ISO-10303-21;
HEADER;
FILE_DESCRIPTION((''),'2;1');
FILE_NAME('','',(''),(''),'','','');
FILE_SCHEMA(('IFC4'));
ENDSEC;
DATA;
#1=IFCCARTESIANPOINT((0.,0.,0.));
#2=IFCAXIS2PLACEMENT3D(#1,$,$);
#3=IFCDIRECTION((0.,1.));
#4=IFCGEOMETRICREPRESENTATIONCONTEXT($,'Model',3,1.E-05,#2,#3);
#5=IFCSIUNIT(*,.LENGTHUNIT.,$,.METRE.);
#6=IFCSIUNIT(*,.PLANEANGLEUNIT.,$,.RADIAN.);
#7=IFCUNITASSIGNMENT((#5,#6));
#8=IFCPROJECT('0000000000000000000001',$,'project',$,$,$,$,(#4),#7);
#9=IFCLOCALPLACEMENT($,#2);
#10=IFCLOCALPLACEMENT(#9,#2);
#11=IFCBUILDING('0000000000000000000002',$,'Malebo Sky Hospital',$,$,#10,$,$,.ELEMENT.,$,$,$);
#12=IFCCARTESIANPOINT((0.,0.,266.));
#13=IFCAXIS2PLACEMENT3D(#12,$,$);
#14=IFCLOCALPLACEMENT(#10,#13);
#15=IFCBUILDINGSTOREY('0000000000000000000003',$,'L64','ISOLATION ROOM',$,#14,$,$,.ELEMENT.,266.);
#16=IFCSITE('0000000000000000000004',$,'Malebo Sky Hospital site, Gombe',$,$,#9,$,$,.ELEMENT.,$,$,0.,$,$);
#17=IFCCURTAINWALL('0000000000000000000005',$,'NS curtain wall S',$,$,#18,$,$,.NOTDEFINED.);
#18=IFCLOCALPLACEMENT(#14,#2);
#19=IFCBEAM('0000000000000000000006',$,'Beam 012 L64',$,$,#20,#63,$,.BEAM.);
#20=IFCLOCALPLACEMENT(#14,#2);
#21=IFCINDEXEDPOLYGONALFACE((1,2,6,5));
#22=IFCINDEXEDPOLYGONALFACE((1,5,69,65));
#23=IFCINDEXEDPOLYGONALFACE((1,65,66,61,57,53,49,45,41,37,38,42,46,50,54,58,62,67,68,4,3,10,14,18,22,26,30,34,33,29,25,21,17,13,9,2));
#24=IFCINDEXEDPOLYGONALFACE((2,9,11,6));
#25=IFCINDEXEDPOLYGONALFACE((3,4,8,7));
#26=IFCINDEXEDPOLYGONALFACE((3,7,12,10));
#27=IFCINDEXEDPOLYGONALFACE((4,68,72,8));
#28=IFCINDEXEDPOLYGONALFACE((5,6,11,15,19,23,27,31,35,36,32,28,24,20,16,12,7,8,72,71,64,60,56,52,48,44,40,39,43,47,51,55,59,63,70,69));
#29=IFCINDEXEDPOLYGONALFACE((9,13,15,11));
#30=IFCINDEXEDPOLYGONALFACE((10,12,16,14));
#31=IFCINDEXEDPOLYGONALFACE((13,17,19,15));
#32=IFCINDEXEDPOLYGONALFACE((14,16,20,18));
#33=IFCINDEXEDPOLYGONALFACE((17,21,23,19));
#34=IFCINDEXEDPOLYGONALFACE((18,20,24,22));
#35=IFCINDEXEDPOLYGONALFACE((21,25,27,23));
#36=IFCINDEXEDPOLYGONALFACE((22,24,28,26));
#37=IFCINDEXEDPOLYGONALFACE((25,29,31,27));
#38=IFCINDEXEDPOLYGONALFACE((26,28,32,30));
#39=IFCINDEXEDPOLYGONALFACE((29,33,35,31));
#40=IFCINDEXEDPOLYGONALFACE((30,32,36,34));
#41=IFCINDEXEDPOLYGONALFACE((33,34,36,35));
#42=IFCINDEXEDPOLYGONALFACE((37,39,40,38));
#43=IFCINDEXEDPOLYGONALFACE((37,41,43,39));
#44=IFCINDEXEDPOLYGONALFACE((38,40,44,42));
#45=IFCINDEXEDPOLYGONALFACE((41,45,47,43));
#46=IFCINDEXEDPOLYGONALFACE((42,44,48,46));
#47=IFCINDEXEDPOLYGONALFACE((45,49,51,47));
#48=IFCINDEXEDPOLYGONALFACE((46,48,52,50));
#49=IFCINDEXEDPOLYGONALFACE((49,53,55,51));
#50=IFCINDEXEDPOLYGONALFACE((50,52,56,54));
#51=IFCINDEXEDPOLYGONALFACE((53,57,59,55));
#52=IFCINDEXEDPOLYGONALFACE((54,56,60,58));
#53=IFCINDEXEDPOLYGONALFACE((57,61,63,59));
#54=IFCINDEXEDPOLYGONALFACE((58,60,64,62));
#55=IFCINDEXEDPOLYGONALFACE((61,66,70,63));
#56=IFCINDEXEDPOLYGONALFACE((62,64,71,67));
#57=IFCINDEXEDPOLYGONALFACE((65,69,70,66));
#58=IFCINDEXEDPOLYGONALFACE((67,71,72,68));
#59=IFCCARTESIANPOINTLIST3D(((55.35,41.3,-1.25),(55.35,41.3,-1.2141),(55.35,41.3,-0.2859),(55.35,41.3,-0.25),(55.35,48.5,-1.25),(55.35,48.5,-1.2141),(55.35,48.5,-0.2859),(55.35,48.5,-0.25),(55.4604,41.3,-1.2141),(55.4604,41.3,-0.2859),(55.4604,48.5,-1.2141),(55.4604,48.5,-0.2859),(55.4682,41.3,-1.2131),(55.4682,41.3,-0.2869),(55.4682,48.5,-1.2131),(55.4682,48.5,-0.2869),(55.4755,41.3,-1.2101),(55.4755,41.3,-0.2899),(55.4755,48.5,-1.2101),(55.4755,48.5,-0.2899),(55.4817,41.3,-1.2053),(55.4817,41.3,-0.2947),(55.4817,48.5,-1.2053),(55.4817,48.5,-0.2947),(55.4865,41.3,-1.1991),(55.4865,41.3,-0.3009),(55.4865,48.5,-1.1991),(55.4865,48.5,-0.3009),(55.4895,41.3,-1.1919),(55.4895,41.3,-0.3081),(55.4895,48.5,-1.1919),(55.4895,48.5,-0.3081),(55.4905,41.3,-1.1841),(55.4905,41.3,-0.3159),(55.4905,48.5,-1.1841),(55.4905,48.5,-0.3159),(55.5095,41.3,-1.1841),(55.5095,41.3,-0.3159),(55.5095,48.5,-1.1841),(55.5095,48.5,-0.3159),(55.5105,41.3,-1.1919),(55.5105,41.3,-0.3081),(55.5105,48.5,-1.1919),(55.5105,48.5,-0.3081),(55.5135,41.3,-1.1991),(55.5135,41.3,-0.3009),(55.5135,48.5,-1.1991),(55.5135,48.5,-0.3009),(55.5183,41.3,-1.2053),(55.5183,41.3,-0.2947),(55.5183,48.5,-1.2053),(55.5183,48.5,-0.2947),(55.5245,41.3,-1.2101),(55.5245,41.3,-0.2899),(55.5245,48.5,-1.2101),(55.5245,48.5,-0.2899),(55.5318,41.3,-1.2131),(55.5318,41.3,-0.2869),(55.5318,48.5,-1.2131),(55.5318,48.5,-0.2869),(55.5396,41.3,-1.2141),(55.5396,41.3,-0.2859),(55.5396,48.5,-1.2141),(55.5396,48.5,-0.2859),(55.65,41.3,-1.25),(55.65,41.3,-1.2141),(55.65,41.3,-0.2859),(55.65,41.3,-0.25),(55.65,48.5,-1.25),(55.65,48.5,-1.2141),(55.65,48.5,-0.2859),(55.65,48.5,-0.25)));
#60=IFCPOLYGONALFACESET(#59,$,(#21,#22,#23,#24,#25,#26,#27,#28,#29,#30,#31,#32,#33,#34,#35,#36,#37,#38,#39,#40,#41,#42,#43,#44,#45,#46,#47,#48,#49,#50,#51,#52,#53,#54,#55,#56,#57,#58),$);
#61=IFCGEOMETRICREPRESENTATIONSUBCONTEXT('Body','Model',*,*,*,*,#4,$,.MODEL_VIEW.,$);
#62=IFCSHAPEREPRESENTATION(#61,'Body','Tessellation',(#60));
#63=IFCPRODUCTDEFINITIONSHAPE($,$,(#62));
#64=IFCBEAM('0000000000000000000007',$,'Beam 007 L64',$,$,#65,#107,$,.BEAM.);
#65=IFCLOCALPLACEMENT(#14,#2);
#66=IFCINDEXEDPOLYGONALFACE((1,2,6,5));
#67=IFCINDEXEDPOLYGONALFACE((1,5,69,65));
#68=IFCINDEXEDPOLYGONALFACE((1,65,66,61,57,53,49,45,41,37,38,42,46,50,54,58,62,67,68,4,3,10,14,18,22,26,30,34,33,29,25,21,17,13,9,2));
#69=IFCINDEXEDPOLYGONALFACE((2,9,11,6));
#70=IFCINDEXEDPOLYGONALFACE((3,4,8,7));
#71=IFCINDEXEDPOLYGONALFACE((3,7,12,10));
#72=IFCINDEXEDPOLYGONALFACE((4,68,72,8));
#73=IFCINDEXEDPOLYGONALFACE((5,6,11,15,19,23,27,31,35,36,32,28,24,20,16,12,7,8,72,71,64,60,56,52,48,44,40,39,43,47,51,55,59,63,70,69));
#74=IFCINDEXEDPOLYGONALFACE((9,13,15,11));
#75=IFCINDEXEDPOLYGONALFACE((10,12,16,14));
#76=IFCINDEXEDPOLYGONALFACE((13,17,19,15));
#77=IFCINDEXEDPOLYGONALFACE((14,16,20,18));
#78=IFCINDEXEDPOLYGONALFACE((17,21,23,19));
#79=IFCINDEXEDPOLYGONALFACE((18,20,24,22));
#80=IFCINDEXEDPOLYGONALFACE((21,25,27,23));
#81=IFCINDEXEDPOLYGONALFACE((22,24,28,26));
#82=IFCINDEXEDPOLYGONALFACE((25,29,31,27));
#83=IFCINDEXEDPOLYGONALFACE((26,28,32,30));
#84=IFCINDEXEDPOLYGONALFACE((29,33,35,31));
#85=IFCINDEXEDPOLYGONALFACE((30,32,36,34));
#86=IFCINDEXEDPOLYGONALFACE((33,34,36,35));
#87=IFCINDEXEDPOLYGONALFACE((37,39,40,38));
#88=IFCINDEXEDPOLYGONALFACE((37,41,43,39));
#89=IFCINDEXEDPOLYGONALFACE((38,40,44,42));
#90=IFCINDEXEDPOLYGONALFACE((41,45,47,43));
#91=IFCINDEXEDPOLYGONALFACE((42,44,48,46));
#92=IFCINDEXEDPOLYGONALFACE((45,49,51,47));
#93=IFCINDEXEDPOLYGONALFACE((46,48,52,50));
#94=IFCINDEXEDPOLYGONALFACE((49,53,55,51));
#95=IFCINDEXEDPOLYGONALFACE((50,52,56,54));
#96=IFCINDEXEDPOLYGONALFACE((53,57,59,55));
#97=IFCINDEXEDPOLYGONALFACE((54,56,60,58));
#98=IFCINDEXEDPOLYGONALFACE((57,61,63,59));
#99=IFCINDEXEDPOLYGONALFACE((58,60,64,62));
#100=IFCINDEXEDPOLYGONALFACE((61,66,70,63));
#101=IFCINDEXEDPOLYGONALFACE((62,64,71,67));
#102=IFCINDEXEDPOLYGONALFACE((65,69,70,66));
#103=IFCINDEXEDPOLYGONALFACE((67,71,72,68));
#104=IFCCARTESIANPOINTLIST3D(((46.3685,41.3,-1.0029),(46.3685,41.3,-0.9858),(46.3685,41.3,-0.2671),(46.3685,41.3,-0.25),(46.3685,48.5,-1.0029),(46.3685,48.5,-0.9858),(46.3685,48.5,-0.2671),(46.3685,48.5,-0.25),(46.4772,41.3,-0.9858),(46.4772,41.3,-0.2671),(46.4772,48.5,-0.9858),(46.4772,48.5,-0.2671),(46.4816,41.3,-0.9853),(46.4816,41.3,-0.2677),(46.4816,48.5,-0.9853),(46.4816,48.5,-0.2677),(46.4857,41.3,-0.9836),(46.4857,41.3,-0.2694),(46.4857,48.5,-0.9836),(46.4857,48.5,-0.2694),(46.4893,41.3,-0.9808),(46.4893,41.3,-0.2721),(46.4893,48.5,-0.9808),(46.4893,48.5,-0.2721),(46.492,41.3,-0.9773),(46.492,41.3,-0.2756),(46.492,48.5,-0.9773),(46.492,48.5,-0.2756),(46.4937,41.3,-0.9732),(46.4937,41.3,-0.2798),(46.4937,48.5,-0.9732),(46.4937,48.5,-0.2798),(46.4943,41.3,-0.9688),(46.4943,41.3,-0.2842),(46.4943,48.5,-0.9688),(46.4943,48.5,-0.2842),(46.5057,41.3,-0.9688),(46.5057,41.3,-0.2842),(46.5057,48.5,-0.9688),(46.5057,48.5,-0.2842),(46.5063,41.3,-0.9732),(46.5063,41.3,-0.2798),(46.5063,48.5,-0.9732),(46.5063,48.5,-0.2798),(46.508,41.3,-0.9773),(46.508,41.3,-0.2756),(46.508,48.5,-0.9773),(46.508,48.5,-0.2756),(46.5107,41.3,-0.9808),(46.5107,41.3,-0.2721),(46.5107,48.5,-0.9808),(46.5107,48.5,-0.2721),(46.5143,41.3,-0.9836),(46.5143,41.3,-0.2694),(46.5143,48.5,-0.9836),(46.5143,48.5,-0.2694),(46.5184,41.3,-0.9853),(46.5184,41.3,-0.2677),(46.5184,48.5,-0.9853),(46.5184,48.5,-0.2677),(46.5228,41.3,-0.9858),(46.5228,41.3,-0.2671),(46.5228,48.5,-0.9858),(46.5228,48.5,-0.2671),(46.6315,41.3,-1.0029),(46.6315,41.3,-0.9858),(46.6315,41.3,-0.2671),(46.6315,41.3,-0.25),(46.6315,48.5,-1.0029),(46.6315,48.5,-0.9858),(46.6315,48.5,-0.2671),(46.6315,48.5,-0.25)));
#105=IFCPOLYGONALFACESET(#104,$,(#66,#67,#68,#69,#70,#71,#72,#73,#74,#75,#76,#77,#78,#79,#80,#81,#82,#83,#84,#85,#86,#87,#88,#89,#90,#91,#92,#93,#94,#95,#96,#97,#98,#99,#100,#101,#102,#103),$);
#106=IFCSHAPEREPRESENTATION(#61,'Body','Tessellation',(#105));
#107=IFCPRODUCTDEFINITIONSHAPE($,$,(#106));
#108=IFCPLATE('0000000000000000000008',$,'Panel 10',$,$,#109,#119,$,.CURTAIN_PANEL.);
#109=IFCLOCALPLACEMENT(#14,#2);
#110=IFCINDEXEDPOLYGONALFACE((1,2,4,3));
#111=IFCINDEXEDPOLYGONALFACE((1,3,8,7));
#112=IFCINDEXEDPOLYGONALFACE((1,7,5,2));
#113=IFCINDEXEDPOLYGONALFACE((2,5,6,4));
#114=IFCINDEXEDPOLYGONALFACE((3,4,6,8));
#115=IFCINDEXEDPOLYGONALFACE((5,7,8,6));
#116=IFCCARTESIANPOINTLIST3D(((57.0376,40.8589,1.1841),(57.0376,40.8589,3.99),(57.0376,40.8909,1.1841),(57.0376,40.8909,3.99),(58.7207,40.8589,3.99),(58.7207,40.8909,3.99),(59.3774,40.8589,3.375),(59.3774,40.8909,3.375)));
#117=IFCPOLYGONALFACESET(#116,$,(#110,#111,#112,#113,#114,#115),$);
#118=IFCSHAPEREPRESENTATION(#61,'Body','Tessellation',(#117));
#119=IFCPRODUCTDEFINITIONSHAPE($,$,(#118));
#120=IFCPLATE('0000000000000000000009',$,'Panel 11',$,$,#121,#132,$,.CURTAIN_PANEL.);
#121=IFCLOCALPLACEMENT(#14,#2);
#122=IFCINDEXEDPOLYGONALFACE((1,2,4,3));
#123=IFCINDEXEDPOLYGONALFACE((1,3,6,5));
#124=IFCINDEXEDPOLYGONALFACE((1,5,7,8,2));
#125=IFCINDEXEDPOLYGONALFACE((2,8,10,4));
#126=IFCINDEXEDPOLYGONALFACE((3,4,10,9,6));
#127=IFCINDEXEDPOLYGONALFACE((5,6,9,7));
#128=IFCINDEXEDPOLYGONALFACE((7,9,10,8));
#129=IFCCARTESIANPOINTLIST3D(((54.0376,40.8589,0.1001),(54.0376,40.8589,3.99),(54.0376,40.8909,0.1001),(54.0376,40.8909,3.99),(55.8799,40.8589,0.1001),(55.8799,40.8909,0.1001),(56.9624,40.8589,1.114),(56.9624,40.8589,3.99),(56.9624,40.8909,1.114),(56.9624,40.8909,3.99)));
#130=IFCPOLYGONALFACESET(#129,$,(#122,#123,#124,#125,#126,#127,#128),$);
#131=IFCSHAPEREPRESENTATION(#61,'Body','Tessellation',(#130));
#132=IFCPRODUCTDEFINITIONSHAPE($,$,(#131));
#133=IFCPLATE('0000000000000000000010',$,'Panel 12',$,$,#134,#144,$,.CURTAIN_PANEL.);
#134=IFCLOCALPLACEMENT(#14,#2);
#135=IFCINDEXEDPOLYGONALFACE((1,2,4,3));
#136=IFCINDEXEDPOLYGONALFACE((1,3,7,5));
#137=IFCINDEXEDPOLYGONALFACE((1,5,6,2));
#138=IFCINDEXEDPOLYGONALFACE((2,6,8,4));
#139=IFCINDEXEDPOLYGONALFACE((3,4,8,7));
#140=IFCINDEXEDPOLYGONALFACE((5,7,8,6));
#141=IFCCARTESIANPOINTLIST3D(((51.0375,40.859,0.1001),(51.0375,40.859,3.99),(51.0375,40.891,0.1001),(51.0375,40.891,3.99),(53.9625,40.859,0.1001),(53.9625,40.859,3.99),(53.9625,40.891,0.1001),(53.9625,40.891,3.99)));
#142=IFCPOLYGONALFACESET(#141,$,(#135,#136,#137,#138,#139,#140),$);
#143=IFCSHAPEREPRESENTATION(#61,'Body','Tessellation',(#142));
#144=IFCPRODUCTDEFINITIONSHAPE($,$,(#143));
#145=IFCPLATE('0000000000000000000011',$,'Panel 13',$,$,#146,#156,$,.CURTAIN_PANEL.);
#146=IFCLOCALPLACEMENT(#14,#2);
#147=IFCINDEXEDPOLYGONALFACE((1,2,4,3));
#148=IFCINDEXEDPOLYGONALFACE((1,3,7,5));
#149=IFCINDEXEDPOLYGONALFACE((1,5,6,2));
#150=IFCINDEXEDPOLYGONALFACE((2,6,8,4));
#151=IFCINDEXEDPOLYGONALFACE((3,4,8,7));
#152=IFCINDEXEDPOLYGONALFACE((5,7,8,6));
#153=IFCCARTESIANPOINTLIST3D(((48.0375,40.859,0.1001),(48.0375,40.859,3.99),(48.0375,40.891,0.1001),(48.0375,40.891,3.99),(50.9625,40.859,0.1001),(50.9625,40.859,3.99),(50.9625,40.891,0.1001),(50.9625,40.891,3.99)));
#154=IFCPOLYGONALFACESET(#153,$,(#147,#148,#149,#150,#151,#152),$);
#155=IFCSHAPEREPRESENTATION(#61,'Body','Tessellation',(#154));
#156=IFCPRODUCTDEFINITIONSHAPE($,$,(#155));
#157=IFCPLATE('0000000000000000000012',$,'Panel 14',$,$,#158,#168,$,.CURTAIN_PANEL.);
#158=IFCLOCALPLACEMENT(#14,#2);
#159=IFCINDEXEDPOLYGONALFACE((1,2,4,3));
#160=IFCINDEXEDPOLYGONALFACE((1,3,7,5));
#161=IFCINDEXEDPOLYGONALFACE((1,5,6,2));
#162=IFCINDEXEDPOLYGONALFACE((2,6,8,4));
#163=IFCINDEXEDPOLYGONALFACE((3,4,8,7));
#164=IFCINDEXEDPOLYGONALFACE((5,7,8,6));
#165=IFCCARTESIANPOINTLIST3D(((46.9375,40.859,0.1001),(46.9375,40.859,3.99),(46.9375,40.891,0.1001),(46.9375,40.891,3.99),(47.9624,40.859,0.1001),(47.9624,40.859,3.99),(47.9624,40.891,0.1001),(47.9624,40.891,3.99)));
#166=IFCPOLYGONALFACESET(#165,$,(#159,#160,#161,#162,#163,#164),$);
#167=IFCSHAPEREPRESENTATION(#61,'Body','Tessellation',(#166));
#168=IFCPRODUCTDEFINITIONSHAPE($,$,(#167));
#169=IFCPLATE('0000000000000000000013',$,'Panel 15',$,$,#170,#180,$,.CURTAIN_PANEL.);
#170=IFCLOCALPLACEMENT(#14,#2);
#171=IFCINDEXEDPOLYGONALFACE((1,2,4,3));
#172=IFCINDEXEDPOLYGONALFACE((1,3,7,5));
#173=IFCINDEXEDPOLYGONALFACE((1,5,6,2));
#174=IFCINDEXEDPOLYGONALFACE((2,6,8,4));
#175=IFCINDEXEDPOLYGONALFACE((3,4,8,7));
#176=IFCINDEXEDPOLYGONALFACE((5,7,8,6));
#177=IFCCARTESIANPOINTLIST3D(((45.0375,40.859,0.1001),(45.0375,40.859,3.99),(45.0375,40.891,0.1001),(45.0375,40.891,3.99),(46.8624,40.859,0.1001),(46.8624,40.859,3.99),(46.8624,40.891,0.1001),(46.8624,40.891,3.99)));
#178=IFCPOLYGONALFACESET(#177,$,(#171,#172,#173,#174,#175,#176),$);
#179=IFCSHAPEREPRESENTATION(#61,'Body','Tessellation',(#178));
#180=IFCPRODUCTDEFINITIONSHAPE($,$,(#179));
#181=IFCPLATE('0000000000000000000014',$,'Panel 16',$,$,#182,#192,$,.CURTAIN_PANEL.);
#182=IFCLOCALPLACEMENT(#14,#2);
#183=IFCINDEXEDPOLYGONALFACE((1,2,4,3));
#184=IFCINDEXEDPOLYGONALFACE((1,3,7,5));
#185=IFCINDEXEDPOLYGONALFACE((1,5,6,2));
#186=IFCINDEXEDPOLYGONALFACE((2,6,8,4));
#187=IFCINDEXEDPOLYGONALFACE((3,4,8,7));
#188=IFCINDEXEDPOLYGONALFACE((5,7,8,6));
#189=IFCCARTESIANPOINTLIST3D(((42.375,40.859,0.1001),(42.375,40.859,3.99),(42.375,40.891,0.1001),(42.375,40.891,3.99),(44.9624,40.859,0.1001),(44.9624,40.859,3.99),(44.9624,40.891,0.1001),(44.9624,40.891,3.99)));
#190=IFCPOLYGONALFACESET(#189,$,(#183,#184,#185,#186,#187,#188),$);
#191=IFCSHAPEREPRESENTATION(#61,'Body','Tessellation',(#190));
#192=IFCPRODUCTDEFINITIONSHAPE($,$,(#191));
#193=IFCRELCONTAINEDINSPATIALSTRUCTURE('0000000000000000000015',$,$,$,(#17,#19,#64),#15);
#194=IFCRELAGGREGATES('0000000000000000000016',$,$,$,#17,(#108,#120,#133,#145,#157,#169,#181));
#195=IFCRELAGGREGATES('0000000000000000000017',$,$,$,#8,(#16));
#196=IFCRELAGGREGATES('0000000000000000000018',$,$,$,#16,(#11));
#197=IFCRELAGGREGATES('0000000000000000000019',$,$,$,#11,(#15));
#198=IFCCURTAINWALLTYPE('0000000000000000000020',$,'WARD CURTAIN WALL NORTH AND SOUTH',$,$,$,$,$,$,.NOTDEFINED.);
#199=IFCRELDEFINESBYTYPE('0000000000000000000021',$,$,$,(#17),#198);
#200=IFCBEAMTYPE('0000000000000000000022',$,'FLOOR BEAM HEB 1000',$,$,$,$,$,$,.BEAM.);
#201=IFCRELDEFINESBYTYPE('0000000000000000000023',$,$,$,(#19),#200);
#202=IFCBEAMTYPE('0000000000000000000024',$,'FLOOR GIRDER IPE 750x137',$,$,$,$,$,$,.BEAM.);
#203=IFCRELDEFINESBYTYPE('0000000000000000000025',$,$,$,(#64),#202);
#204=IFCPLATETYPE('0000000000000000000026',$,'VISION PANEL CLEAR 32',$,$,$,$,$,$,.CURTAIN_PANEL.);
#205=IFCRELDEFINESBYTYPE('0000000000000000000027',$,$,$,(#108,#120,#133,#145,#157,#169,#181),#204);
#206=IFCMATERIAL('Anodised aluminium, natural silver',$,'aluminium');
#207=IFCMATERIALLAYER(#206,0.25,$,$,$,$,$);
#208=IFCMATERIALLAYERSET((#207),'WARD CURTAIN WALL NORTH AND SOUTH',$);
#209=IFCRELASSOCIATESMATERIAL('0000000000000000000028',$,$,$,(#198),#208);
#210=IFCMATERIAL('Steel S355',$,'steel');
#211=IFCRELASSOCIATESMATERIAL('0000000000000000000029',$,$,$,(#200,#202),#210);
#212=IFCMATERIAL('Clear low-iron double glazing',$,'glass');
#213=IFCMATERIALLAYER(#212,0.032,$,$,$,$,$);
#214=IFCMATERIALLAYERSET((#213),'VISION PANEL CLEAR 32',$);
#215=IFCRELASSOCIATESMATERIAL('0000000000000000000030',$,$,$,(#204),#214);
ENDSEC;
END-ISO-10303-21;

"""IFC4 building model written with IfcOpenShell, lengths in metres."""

from ifc_helpers import new_model, si_unit, direction, frame, origin, origin_2d, place, context, subcontext, project, spatial, polyline, rectangle, i_section, outline, extrude, material, layer, layer_set, material_profile, profile_set, type_object, element, aggregate, save


model = new_model("IFC4")

# Units and contexts
model_context = context("Model", 3, precision=1e-05, world=origin(), true_north=direction((0.0, 1.0)))
body_context = subcontext(model_context, "Body", "Model", "MODEL_VIEW")
ifc_project = project(units=[si_unit("LENGTHUNIT", "METRE"), si_unit("PLANEANGLEUNIT", "RADIAN")], contexts=[model_context])

# Site, building, storey
site_placement = place(None, origin())
site = spatial("IfcSite", under=ifc_project, at=site_placement, Name="Malebo Sky Hospital site, Gombe", CompositionType="ELEMENT", RefElevation=0.0)
building_placement = place(site_placement, origin())
building = spatial("IfcBuilding", under=site, at=building_placement, Name="Malebo Sky Hospital", CompositionType="ELEMENT")
storey_placement = place(building_placement, frame((0.0, 0.0, 266.0)))
storey = spatial("IfcBuildingStorey", under=building, at=storey_placement, Name="L64", Description="ISOLATION ROOM", CompositionType="ELEMENT", Elevation=266.0)

# Curtain wall
ifc_material_1 = material(Name="Anodised aluminium, natural silver", Category="aluminium")
ifc_layer_1 = layer(ifc_material_1, 0.25)
ifc_layer_set_1 = layer_set([ifc_layer_1], Name="WARD CURTAIN WALL NORTH AND SOUTH")
curtain_wall_type = type_object("IfcCurtainWallType", Name="WARD CURTAIN WALL NORTH AND SOUTH", PredefinedType="NOTDEFINED", material=ifc_layer_set_1)
curtain_wall_placement = place(storey_placement, origin())
curtain_wall = element("IfcCurtainWall", 1, at=curtain_wall_placement, inside=storey, type_object=curtain_wall_type, Name="NS curtain wall S", PredefinedType="NOTDEFINED")

# Shared definitions
ifc_material_2 = material(Name="Steel S355", Category="steel")

# Beams
ifc_material_profile_1 = material_profile(ifc_material_2, i_section(OverallWidth=0.3, OverallDepth=1.0, WebThickness=0.019, FlangeThickness=0.0359, FilletRadius=0.03, at=origin_2d()), Name="HEB 1000")
ifc_profile_set_1 = profile_set([ifc_material_profile_1], Name="Steel S355")
beam_type_1 = type_object("IfcBeamType", Name="FLOOR BEAM HEB 1000", PredefinedType="BEAM", material=ifc_profile_set_1)
beam_1_placement = place(storey_placement, frame((55.5, 41.3, -0.75), z_axis=(0.0, 1.0, 0.0), x_axis=(-1.0, 0.0, 0.0)))
element("IfcBeam", 2, at=beam_1_placement, inside=storey, type_object=beam_type_1, Name="Beam 012 L64", PredefinedType="BEAM", context=body_context, shape_type="SweptSolid", body=[
    extrude(i_section(OverallWidth=0.3, OverallDepth=1.0, WebThickness=0.019, FlangeThickness=0.0359, FilletRadius=0.03, at=origin_2d()), origin(), (0.0, 0.0, 1.0), 7.2),
])
ifc_material_profile_2 = material_profile(ifc_material_2, i_section(OverallWidth=0.2629, OverallDepth=0.7529, WebThickness=0.0115, FlangeThickness=0.0171, FilletRadius=0.0171, at=origin_2d()), Name="IPE 750x137")
ifc_profile_set_2 = profile_set([ifc_material_profile_2], Name="Steel S355")
beam_type_2 = type_object("IfcBeamType", Name="FLOOR GIRDER IPE 750x137", PredefinedType="BEAM", material=ifc_profile_set_2)
beam_2_placement = place(storey_placement, frame((46.5, 41.3, -0.6265), z_axis=(0.0, 1.0, 0.0), x_axis=(-1.0, 0.0, 0.0)))
element("IfcBeam", 3, at=beam_2_placement, inside=storey, type_object=beam_type_2, Name="Beam 007 L64", PredefinedType="BEAM", context=body_context, shape_type="SweptSolid", body=[
    extrude(i_section(OverallWidth=0.2629, OverallDepth=0.7529, WebThickness=0.0115, FlangeThickness=0.0171, FilletRadius=0.0171, at=origin_2d()), origin(), (0.0, 0.0, 1.0), 7.2),
])

# Plates
ifc_material_3 = material(Name="Clear low-iron double glazing", Category="glass")
ifc_layer_2 = layer(ifc_material_3, 0.032)
ifc_layer_set_2 = layer_set([ifc_layer_2], Name="VISION PANEL CLEAR 32")
plate_type = type_object("IfcPlateType", Name="VISION PANEL CLEAR 32", PredefinedType="CURTAIN_PANEL", material=ifc_layer_set_2)
plate_1_placement = place(storey_placement, frame((58.2075, 40.875, 1.1841), z_axis=(0.0, 0.0, 1.0), x_axis=(-1.0, 0.0, 0.0)))
plate_1 = element("IfcPlate", 4, at=plate_1_placement, type_object=plate_type, Name="Panel 10", PredefinedType="CURTAIN_PANEL", context=body_context, shape_type="SweptSolid", body=[
    extrude(outline(polyline([(1.1699, 0.0), (1.1699, 2.8059), (-0.5132, 2.8059), (-1.1699, 2.1909), (1.1699, 0.0)])), frame((0.0, 0.0161, 0.0), z_axis=(0.0, -1.0, 0.0), x_axis=(1.0, 0.0, 0.0)), (0.0, 0.0, 1.0), 0.032),
])
plate_2_placement = place(storey_placement, frame((55.5, 40.875, 0.1001), z_axis=(0.0, 0.0, 1.0), x_axis=(-1.0, 0.0, 0.0)))
plate_2 = element("IfcPlate", 5, at=plate_2_placement, type_object=plate_type, Name="Panel 11", PredefinedType="CURTAIN_PANEL", context=body_context, shape_type="SweptSolid", body=[
    extrude(outline(polyline([(-0.3799, 0.0), (1.4624, 0.0), (1.4624, 3.8899), (-1.4624, 3.8899), (-1.4624, 1.0139), (-0.3799, 0.0)])), frame((0.0, 0.0161, 0.0), z_axis=(0.0, -1.0, 0.0), x_axis=(1.0, 0.0, 0.0)), (0.0, 0.0, 1.0), 0.032),
])
plate_3_placement = place(storey_placement, frame((52.5, 40.875, 0.1001), z_axis=(0.0, 0.0, 1.0), x_axis=(-1.0, 0.0, 0.0)))
plate_3 = element("IfcPlate", 6, at=plate_3_placement, type_object=plate_type, Name="Panel 12", PredefinedType="CURTAIN_PANEL", context=body_context, shape_type="SweptSolid", body=[
    extrude(rectangle(XDim=2.925, YDim=0.032, at=origin_2d()), origin(), (0.0, 0.0, 1.0), 3.8899),
])
plate_4_placement = place(storey_placement, frame((49.5, 40.875, 0.1001), z_axis=(0.0, 0.0, 1.0), x_axis=(-1.0, 0.0, 0.0)))
plate_4 = element("IfcPlate", 7, at=plate_4_placement, type_object=plate_type, Name="Panel 13", PredefinedType="CURTAIN_PANEL", context=body_context, shape_type="SweptSolid", body=[
    extrude(rectangle(XDim=2.925, YDim=0.032, at=origin_2d()), origin(), (0.0, 0.0, 1.0), 3.8899),
])
plate_5_placement = place(storey_placement, frame((47.45, 40.875, 0.1001), z_axis=(0.0, 0.0, 1.0), x_axis=(-1.0, 0.0, 0.0)))
plate_5 = element("IfcPlate", 8, at=plate_5_placement, type_object=plate_type, Name="Panel 14", PredefinedType="CURTAIN_PANEL", context=body_context, shape_type="SweptSolid", body=[
    extrude(rectangle(XDim=1.0249, YDim=0.032, at=origin_2d()), origin(), (0.0, 0.0, 1.0), 3.8899),
])
plate_6_placement = place(storey_placement, frame((45.95, 40.875, 0.1001), z_axis=(0.0, 0.0, 1.0), x_axis=(-1.0, 0.0, 0.0)))
plate_6 = element("IfcPlate", 9, at=plate_6_placement, type_object=plate_type, Name="Panel 15", PredefinedType="CURTAIN_PANEL", context=body_context, shape_type="SweptSolid", body=[
    extrude(rectangle(XDim=1.825, YDim=0.032, at=origin_2d()), origin(), (0.0, 0.0, 1.0), 3.8899),
])
plate_7_placement = place(storey_placement, frame((43.6687, 40.875, 0.1001), z_axis=(0.0, 0.0, 1.0), x_axis=(-1.0, 0.0, 0.0)))
plate_7 = element("IfcPlate", 10, at=plate_7_placement, type_object=plate_type, Name="Panel 16", PredefinedType="CURTAIN_PANEL", context=body_context, shape_type="SweptSolid", body=[
    extrude(rectangle(XDim=2.5874, YDim=0.032, at=origin_2d()), origin(), (0.0, 0.0, 1.0), 3.8899),
])
aggregate(curtain_wall, [plate_1, plate_2, plate_3, plate_4, plate_5, plate_6, plate_7])

save(model, "model.ifc")
